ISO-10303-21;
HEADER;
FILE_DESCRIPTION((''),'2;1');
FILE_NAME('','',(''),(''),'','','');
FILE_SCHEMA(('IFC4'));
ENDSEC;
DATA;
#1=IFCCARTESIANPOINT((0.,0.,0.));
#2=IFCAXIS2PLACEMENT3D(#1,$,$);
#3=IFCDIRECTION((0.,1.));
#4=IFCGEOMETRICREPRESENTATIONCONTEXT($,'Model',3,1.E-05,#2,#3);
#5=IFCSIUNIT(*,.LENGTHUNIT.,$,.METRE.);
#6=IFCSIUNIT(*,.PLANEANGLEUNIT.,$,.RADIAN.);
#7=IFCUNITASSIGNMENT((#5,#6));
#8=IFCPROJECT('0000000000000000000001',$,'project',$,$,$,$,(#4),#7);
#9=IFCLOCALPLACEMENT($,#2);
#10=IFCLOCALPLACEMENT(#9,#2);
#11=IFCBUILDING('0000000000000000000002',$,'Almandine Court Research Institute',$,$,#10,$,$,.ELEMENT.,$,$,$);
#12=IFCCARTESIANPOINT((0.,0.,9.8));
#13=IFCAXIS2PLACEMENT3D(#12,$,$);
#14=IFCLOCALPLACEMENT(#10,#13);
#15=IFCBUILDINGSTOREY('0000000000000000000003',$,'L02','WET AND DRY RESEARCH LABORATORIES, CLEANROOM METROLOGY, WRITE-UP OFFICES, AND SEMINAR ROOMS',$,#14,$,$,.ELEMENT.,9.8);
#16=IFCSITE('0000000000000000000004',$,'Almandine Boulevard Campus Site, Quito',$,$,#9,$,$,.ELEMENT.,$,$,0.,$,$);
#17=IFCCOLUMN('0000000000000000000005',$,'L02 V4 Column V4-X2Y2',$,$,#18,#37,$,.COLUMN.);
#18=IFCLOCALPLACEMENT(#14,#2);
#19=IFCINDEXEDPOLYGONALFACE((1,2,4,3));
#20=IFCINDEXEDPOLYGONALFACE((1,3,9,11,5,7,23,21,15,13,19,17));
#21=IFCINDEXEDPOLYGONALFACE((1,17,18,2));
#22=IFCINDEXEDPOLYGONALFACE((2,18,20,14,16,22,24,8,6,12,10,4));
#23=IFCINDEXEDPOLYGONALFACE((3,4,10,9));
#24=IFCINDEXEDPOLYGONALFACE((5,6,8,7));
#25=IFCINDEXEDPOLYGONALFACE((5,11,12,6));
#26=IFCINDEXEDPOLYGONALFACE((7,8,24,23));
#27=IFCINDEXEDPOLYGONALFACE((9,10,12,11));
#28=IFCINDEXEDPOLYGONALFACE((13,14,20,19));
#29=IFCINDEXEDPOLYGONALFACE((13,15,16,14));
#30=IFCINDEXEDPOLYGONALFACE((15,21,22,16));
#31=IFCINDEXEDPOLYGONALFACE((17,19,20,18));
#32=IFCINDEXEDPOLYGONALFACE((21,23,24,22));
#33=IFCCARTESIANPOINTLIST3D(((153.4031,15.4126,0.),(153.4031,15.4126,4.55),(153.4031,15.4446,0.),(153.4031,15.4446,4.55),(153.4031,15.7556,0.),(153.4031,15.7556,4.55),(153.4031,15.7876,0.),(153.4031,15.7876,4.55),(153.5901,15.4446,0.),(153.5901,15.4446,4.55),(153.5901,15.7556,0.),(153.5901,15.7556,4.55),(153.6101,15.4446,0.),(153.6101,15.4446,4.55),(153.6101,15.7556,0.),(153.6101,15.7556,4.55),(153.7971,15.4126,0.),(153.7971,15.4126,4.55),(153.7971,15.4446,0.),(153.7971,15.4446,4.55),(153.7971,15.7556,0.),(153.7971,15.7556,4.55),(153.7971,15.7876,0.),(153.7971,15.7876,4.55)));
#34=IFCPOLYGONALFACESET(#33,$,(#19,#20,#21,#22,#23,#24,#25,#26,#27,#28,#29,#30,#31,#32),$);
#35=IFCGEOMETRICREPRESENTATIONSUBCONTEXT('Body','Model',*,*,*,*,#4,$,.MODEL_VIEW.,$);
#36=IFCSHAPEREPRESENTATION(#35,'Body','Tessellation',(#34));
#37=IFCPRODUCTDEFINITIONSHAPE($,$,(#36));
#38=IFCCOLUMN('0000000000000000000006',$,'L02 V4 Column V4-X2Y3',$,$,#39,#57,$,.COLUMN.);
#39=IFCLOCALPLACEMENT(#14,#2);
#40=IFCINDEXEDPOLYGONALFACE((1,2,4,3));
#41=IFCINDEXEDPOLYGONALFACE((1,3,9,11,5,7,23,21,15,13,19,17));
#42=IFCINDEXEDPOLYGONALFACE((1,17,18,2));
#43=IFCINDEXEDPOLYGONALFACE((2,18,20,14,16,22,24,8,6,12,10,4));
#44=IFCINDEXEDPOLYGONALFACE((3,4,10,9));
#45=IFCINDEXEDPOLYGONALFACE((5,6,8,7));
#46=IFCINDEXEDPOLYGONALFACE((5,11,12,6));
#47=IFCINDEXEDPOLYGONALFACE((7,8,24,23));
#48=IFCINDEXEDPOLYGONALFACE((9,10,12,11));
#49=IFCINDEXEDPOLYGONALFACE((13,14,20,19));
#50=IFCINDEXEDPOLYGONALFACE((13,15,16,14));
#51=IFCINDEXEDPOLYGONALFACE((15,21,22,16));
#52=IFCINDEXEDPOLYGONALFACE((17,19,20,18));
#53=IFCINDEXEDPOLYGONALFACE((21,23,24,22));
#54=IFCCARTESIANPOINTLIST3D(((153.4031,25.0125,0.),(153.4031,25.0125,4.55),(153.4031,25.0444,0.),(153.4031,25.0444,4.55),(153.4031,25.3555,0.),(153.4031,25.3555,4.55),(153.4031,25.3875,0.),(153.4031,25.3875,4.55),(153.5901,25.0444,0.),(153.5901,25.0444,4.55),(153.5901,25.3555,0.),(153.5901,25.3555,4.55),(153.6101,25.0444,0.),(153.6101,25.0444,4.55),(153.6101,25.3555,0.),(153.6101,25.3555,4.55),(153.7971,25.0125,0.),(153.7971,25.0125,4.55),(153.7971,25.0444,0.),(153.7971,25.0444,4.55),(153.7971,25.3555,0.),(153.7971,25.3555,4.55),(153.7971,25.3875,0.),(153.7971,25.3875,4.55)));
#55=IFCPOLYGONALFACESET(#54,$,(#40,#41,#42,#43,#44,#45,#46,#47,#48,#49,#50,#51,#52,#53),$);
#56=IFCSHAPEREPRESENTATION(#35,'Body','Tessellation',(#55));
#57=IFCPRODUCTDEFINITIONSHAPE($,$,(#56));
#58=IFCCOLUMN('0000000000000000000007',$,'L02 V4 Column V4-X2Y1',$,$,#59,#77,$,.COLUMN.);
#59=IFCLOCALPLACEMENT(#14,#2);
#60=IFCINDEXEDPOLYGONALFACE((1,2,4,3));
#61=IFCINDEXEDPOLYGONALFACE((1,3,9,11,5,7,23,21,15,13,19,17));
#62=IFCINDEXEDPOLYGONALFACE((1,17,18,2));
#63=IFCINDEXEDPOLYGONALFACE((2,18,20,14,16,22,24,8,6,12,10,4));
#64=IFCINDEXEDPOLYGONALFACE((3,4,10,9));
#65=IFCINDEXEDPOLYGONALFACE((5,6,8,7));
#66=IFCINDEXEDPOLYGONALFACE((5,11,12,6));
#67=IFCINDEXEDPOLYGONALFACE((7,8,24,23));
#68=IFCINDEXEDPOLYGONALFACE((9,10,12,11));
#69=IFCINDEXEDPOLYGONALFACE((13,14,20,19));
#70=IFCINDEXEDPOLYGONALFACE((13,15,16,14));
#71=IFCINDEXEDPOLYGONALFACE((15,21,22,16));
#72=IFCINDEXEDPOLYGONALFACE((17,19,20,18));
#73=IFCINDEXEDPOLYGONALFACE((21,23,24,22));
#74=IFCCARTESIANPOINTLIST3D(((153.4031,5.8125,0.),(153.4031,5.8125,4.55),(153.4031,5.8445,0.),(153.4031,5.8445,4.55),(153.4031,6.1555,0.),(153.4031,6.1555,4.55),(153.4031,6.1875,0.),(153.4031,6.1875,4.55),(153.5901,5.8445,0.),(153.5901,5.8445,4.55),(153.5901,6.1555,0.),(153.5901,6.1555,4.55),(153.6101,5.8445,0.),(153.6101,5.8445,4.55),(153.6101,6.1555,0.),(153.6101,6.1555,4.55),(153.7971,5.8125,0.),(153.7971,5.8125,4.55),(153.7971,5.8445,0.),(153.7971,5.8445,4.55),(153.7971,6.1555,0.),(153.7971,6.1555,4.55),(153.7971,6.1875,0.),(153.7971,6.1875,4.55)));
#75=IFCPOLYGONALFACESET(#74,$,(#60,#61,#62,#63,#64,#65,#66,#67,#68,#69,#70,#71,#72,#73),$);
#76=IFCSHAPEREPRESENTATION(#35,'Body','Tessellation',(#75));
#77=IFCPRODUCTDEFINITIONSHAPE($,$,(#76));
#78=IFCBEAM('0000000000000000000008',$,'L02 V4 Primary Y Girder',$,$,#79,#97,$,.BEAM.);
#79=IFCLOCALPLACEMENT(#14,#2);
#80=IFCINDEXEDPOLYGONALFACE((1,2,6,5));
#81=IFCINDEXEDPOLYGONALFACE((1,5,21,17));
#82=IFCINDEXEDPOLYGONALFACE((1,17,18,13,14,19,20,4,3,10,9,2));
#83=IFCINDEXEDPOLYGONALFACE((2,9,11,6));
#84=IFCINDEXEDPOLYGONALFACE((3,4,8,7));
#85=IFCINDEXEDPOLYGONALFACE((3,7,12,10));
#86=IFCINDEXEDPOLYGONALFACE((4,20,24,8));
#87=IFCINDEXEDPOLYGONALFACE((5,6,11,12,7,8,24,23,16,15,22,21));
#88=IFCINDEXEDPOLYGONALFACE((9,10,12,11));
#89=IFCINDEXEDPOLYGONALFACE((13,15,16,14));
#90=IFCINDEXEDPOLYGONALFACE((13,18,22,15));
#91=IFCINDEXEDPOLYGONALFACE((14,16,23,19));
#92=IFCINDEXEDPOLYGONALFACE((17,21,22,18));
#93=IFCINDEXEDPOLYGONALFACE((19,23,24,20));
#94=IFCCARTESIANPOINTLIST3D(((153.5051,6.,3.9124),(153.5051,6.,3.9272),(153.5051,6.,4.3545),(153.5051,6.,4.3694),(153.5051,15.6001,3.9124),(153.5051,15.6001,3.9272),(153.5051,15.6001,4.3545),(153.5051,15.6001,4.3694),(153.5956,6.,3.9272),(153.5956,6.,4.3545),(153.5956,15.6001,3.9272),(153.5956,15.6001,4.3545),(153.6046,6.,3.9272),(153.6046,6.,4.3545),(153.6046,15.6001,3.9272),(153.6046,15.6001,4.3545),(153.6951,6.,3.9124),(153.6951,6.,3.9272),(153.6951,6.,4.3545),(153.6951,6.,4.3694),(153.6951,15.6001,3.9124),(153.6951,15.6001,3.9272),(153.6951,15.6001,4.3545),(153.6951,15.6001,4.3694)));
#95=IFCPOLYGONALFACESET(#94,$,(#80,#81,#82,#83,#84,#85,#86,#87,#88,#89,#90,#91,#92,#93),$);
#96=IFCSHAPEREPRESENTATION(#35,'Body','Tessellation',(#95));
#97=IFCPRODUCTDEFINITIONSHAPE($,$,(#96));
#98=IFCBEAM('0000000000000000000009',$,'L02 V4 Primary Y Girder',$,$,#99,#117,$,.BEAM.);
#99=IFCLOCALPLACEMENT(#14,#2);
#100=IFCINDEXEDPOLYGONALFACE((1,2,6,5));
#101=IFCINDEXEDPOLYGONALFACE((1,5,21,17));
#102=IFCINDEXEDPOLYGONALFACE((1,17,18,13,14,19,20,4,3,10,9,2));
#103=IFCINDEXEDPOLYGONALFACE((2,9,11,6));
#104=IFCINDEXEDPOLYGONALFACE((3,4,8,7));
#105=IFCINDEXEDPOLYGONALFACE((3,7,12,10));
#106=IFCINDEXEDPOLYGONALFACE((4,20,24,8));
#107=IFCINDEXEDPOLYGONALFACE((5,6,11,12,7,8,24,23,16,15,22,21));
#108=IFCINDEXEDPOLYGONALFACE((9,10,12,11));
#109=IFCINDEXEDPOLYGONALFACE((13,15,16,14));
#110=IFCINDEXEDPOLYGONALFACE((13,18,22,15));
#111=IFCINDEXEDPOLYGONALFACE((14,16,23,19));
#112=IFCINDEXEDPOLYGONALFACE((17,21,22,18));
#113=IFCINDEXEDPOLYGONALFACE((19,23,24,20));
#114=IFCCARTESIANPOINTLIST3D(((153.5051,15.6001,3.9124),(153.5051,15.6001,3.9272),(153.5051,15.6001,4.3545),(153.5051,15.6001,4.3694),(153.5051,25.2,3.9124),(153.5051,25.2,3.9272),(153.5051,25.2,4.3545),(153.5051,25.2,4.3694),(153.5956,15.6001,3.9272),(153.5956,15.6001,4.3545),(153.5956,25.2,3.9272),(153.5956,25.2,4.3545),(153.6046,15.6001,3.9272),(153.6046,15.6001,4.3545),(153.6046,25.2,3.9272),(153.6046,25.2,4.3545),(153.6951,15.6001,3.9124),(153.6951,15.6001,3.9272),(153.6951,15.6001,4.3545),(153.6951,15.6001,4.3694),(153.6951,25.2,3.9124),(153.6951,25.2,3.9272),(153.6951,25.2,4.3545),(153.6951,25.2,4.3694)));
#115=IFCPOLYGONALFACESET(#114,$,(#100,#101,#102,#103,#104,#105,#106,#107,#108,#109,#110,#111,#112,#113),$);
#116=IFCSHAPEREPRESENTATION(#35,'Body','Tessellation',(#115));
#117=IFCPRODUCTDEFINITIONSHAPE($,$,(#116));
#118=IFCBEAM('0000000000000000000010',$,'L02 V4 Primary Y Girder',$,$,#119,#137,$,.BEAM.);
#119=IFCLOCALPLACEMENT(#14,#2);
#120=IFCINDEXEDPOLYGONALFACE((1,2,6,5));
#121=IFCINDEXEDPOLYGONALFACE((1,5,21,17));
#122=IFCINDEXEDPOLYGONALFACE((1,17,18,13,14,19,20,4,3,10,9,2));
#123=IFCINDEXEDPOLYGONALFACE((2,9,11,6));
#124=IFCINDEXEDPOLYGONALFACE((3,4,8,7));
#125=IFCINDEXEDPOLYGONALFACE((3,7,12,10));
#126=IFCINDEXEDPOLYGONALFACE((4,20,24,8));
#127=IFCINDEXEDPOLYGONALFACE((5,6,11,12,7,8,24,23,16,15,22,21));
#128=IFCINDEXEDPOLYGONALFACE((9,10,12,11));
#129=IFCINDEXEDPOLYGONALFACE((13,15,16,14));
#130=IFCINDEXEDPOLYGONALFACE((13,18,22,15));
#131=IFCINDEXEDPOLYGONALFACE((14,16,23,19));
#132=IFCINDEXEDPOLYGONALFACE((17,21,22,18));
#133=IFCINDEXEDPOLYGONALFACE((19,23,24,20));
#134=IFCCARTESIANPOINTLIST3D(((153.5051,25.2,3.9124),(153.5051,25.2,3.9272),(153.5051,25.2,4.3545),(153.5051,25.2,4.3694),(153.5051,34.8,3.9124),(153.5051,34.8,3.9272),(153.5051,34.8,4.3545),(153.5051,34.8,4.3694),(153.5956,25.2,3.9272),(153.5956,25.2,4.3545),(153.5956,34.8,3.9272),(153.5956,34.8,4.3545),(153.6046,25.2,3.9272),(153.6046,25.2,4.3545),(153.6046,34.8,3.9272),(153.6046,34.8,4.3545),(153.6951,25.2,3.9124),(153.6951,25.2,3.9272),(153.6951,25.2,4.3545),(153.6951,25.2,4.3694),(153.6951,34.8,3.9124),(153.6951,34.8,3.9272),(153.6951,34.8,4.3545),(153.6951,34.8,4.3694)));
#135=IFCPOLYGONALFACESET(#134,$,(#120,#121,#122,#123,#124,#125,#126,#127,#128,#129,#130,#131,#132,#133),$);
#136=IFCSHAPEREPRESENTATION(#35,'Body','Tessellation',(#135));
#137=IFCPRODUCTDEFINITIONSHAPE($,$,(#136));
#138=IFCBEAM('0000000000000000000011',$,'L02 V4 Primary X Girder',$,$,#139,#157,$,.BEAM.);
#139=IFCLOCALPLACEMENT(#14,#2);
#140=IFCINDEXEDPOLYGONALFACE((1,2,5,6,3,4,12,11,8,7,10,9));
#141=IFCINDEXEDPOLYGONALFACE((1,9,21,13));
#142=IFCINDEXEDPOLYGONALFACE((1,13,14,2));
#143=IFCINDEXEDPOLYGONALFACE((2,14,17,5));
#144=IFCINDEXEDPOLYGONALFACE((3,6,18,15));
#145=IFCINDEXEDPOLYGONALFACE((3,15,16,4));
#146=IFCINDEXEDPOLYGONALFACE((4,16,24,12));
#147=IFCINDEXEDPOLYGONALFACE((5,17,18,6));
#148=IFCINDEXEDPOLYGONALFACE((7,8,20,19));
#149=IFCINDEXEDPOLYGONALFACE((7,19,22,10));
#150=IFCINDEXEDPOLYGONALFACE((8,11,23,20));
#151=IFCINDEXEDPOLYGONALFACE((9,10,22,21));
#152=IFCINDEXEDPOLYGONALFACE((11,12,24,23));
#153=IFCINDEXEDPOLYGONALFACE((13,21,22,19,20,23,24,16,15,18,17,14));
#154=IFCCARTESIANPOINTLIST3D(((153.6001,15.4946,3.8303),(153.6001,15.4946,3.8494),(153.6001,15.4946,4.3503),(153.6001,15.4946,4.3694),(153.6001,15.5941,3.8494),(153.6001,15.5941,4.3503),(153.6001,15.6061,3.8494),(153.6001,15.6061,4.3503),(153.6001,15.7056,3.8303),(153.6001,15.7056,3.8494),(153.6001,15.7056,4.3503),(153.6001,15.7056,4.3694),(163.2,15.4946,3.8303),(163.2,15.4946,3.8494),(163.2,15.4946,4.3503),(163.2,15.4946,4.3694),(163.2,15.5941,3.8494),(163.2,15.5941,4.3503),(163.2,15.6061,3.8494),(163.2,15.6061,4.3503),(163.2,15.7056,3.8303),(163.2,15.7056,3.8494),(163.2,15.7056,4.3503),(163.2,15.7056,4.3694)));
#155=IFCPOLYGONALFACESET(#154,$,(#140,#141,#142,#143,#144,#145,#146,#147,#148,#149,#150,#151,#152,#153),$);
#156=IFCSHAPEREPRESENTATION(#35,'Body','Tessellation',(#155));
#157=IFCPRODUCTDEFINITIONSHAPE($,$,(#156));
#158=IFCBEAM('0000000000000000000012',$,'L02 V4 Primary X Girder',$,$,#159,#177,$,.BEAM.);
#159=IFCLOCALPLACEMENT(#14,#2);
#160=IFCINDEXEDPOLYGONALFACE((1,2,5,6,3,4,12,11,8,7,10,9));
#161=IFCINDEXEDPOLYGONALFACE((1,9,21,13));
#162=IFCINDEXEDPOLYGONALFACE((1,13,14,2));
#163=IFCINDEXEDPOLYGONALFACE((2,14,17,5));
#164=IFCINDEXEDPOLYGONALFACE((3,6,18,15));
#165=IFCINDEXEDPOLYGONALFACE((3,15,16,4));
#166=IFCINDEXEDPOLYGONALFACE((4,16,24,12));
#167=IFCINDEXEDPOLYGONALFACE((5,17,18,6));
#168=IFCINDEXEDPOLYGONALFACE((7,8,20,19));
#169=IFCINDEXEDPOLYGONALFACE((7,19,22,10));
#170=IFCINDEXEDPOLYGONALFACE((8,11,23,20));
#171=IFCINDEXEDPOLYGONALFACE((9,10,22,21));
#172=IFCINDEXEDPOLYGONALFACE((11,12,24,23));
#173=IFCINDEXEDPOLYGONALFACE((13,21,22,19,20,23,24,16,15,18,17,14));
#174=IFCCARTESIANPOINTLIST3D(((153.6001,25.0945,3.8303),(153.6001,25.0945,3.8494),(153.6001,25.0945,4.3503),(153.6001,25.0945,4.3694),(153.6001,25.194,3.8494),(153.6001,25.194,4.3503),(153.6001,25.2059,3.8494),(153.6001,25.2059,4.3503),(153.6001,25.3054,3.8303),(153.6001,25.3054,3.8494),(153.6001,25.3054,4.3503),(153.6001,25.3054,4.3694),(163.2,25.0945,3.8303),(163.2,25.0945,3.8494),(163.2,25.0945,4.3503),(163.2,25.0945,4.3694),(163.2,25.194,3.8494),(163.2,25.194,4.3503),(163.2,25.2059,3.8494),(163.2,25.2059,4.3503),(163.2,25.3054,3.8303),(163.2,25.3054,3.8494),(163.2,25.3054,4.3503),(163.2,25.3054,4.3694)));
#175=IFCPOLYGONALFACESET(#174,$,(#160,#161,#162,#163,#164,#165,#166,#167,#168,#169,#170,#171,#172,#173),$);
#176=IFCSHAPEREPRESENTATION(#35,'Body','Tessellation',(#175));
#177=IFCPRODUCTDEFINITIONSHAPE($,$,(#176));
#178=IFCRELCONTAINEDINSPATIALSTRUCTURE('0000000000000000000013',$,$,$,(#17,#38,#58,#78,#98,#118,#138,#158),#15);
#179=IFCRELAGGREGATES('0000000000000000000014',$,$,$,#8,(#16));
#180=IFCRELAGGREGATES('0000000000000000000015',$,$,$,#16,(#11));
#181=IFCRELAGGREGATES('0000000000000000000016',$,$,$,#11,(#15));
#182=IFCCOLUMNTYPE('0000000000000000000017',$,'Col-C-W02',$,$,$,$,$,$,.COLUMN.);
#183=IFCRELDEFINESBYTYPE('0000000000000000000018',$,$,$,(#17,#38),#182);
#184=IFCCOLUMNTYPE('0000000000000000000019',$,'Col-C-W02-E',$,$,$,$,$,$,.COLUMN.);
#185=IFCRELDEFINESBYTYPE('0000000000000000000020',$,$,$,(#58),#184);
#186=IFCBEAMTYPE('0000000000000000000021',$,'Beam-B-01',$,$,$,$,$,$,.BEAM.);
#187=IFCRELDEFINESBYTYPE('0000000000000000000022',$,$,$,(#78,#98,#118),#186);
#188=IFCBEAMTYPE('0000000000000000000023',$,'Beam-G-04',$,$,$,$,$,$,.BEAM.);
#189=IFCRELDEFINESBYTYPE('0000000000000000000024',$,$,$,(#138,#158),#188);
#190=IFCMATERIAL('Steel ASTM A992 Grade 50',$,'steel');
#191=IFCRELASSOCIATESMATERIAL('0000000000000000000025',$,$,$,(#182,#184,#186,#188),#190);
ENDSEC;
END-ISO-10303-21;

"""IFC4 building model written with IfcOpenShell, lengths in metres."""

from ifc_helpers import new_model, si_unit, direction, frame, origin, origin_2d, place, context, subcontext, project, spatial, i_section, extrude, material, material_profile, profile_set, type_object, element, save


model = new_model("IFC4")

# Units and contexts
model_context = context("Model", 3, precision=1e-05, world=origin(), true_north=direction((0.0, 1.0)))
body_context = subcontext(model_context, "Body", "Model", "MODEL_VIEW")
ifc_project = project(units=[si_unit("LENGTHUNIT", "METRE"), si_unit("PLANEANGLEUNIT", "RADIAN")], contexts=[model_context])

# Site, building, storey
site_placement = place(None, origin())
site = spatial("IfcSite", under=ifc_project, at=site_placement, Name="Almandine Boulevard Campus Site, Quito", CompositionType="ELEMENT", RefElevation=0.0)
building_placement = place(site_placement, origin())
building = spatial("IfcBuilding", under=site, at=building_placement, Name="Almandine Court Research Institute", CompositionType="ELEMENT")
storey_placement = place(building_placement, frame((0.0, 0.0, 9.8)))
storey = spatial("IfcBuildingStorey", under=building, at=storey_placement, Name="L02", Description="WET AND DRY RESEARCH LABORATORIES, CLEANROOM METROLOGY, WRITE-UP OFFICES, AND SEMINAR ROOMS", CompositionType="ELEMENT", Elevation=9.8)

# Columns
ifc_material_1 = material(Name="Steel ASTM A992 Grade 50", Category="steel")
ifc_material_profile_1 = material_profile(ifc_material_1, i_section(OverallWidth=0.394, OverallDepth=0.375, WebThickness=0.02, FlangeThickness=0.032, at=origin_2d()), Name="W360x216")
ifc_profile_set_1 = profile_set([ifc_material_profile_1], Name="Steel ASTM A992 Grade 50")
column_type_1 = type_object("IfcColumnType", Name="Col-C-W02", PredefinedType="COLUMN", material=ifc_profile_set_1)
for number, where, z_axis, x_axis, name in (
    (1, (153.6001, 15.6001, 0.0), (0.0, 0.0, 1.0), (1.0, 0.0, 0.0), "L02 V4 Column V4-X2Y2"),
    (2, (153.6001, 25.2, 0.0), (0.0, 0.0, 1.0), (1.0, 0.0, 0.0), "L02 V4 Column V4-X2Y3"),
):
    element("IfcColumn", number, at=place(storey_placement, frame(where, z_axis=z_axis, x_axis=x_axis)), inside=storey, type_object=column_type_1, Name=name, PredefinedType="COLUMN", context=body_context, shape_type="SweptSolid", body=[
        extrude(i_section(OverallWidth=0.394, OverallDepth=0.375, WebThickness=0.02, FlangeThickness=0.032, at=origin_2d()), origin(), (0.0, 0.0, 1.0), 4.55),
    ])
ifc_material_profile_2 = material_profile(ifc_material_1, i_section(OverallWidth=0.394, OverallDepth=0.375, WebThickness=0.02, FlangeThickness=0.032, at=origin_2d()), Name="W360x216")
ifc_profile_set_2 = profile_set([ifc_material_profile_2], Name="Steel ASTM A992 Grade 50")
column_type_2 = type_object("IfcColumnType", Name="Col-C-W02-E", PredefinedType="COLUMN", material=ifc_profile_set_2)
column_placement = place(storey_placement, frame((153.6001, 6.0, 0.0), z_axis=(0.0, 0.0, 1.0), x_axis=(1.0, 0.0, 0.0)))
element("IfcColumn", 3, at=column_placement, inside=storey, type_object=column_type_2, Name="L02 V4 Column V4-X2Y1", PredefinedType="COLUMN", context=body_context, shape_type="SweptSolid", body=[
    extrude(i_section(OverallWidth=0.394, OverallDepth=0.375, WebThickness=0.02, FlangeThickness=0.032, at=origin_2d()), origin(), (0.0, 0.0, 1.0), 4.55),
])

# Beams
ifc_material_profile_3 = material_profile(ifc_material_1, i_section(OverallWidth=0.1899, OverallDepth=0.457, WebThickness=0.009, FlangeThickness=0.0149, at=origin_2d()), Name="W460x74")
ifc_profile_set_3 = profile_set([ifc_material_profile_3], Name="Steel ASTM A992 Grade 50")
beam_type_1 = type_object("IfcBeamType", Name="Beam-B-01", PredefinedType="BEAM", material=ifc_profile_set_3)
beam_1_placement = place(storey_placement, frame((153.6001, 6.0, 4.1409), z_axis=(0.0, 1.0, 0.0), x_axis=(-1.0, 0.0, 0.0)))
element("IfcBeam", 4, at=beam_1_placement, inside=storey, type_object=beam_type_1, Name="L02 V4 Primary Y Girder", PredefinedType="BEAM", context=body_context, shape_type="SweptSolid", body=[
    extrude(i_section(OverallWidth=0.1899, OverallDepth=0.457, WebThickness=0.009, FlangeThickness=0.0149, at=origin_2d()), origin(), (0.0, 0.0, 1.0), 9.6001),
])
beam_2_placement = place(storey_placement, frame((153.6001, 15.6001, 4.1409), z_axis=(0.0, 1.0, 0.0), x_axis=(-1.0, 0.0, 0.0)))
element("IfcBeam", 5, at=beam_2_placement, inside=storey, type_object=beam_type_1, Name="L02 V4 Primary Y Girder", PredefinedType="BEAM", context=body_context, shape_type="SweptSolid", body=[
    extrude(i_section(OverallWidth=0.1899, OverallDepth=0.457, WebThickness=0.009, FlangeThickness=0.0149, at=origin_2d()), origin(), (0.0, 0.0, 1.0), 9.5999),
])
beam_3_placement = place(storey_placement, frame((153.6001, 25.2, 4.1409), z_axis=(0.0, 1.0, 0.0), x_axis=(-1.0, 0.0, 0.0)))
element("IfcBeam", 6, at=beam_3_placement, inside=storey, type_object=beam_type_1, Name="L02 V4 Primary Y Girder", PredefinedType="BEAM", context=body_context, shape_type="SweptSolid", body=[
    extrude(i_section(OverallWidth=0.1899, OverallDepth=0.457, WebThickness=0.009, FlangeThickness=0.0149, at=origin_2d()), origin(), (0.0, 0.0, 1.0), 9.6001),
])
ifc_material_profile_4 = material_profile(ifc_material_1, i_section(OverallWidth=0.2109, OverallDepth=0.5391, WebThickness=0.012, FlangeThickness=0.019, at=origin_2d()), Name="W530x109")
ifc_profile_set_4 = profile_set([ifc_material_profile_4], Name="Steel ASTM A992 Grade 50")
beam_type_2 = type_object("IfcBeamType", Name="Beam-G-04", PredefinedType="BEAM", material=ifc_profile_set_4)
for number, where, z_axis, x_axis, name in (
    (7, (153.6001, 15.6001, 4.0999), (1.0, 0.0, 0.0), (0.0, 1.0, 0.0), "L02 V4 Primary X Girder"),
    (8, (153.6001, 25.2, 4.0999), (1.0, 0.0, 0.0), (0.0, 1.0, 0.0), "L02 V4 Primary X Girder"),
):
    element("IfcBeam", number, at=place(storey_placement, frame(where, z_axis=z_axis, x_axis=x_axis)), inside=storey, type_object=beam_type_2, Name=name, PredefinedType="BEAM", context=body_context, shape_type="SweptSolid", body=[
        extrude(i_section(OverallWidth=0.2109, OverallDepth=0.5391, WebThickness=0.012, FlangeThickness=0.019, at=origin_2d()), origin(), (0.0, 0.0, 1.0), 9.5999),
    ])

save(model, "model.ifc")
